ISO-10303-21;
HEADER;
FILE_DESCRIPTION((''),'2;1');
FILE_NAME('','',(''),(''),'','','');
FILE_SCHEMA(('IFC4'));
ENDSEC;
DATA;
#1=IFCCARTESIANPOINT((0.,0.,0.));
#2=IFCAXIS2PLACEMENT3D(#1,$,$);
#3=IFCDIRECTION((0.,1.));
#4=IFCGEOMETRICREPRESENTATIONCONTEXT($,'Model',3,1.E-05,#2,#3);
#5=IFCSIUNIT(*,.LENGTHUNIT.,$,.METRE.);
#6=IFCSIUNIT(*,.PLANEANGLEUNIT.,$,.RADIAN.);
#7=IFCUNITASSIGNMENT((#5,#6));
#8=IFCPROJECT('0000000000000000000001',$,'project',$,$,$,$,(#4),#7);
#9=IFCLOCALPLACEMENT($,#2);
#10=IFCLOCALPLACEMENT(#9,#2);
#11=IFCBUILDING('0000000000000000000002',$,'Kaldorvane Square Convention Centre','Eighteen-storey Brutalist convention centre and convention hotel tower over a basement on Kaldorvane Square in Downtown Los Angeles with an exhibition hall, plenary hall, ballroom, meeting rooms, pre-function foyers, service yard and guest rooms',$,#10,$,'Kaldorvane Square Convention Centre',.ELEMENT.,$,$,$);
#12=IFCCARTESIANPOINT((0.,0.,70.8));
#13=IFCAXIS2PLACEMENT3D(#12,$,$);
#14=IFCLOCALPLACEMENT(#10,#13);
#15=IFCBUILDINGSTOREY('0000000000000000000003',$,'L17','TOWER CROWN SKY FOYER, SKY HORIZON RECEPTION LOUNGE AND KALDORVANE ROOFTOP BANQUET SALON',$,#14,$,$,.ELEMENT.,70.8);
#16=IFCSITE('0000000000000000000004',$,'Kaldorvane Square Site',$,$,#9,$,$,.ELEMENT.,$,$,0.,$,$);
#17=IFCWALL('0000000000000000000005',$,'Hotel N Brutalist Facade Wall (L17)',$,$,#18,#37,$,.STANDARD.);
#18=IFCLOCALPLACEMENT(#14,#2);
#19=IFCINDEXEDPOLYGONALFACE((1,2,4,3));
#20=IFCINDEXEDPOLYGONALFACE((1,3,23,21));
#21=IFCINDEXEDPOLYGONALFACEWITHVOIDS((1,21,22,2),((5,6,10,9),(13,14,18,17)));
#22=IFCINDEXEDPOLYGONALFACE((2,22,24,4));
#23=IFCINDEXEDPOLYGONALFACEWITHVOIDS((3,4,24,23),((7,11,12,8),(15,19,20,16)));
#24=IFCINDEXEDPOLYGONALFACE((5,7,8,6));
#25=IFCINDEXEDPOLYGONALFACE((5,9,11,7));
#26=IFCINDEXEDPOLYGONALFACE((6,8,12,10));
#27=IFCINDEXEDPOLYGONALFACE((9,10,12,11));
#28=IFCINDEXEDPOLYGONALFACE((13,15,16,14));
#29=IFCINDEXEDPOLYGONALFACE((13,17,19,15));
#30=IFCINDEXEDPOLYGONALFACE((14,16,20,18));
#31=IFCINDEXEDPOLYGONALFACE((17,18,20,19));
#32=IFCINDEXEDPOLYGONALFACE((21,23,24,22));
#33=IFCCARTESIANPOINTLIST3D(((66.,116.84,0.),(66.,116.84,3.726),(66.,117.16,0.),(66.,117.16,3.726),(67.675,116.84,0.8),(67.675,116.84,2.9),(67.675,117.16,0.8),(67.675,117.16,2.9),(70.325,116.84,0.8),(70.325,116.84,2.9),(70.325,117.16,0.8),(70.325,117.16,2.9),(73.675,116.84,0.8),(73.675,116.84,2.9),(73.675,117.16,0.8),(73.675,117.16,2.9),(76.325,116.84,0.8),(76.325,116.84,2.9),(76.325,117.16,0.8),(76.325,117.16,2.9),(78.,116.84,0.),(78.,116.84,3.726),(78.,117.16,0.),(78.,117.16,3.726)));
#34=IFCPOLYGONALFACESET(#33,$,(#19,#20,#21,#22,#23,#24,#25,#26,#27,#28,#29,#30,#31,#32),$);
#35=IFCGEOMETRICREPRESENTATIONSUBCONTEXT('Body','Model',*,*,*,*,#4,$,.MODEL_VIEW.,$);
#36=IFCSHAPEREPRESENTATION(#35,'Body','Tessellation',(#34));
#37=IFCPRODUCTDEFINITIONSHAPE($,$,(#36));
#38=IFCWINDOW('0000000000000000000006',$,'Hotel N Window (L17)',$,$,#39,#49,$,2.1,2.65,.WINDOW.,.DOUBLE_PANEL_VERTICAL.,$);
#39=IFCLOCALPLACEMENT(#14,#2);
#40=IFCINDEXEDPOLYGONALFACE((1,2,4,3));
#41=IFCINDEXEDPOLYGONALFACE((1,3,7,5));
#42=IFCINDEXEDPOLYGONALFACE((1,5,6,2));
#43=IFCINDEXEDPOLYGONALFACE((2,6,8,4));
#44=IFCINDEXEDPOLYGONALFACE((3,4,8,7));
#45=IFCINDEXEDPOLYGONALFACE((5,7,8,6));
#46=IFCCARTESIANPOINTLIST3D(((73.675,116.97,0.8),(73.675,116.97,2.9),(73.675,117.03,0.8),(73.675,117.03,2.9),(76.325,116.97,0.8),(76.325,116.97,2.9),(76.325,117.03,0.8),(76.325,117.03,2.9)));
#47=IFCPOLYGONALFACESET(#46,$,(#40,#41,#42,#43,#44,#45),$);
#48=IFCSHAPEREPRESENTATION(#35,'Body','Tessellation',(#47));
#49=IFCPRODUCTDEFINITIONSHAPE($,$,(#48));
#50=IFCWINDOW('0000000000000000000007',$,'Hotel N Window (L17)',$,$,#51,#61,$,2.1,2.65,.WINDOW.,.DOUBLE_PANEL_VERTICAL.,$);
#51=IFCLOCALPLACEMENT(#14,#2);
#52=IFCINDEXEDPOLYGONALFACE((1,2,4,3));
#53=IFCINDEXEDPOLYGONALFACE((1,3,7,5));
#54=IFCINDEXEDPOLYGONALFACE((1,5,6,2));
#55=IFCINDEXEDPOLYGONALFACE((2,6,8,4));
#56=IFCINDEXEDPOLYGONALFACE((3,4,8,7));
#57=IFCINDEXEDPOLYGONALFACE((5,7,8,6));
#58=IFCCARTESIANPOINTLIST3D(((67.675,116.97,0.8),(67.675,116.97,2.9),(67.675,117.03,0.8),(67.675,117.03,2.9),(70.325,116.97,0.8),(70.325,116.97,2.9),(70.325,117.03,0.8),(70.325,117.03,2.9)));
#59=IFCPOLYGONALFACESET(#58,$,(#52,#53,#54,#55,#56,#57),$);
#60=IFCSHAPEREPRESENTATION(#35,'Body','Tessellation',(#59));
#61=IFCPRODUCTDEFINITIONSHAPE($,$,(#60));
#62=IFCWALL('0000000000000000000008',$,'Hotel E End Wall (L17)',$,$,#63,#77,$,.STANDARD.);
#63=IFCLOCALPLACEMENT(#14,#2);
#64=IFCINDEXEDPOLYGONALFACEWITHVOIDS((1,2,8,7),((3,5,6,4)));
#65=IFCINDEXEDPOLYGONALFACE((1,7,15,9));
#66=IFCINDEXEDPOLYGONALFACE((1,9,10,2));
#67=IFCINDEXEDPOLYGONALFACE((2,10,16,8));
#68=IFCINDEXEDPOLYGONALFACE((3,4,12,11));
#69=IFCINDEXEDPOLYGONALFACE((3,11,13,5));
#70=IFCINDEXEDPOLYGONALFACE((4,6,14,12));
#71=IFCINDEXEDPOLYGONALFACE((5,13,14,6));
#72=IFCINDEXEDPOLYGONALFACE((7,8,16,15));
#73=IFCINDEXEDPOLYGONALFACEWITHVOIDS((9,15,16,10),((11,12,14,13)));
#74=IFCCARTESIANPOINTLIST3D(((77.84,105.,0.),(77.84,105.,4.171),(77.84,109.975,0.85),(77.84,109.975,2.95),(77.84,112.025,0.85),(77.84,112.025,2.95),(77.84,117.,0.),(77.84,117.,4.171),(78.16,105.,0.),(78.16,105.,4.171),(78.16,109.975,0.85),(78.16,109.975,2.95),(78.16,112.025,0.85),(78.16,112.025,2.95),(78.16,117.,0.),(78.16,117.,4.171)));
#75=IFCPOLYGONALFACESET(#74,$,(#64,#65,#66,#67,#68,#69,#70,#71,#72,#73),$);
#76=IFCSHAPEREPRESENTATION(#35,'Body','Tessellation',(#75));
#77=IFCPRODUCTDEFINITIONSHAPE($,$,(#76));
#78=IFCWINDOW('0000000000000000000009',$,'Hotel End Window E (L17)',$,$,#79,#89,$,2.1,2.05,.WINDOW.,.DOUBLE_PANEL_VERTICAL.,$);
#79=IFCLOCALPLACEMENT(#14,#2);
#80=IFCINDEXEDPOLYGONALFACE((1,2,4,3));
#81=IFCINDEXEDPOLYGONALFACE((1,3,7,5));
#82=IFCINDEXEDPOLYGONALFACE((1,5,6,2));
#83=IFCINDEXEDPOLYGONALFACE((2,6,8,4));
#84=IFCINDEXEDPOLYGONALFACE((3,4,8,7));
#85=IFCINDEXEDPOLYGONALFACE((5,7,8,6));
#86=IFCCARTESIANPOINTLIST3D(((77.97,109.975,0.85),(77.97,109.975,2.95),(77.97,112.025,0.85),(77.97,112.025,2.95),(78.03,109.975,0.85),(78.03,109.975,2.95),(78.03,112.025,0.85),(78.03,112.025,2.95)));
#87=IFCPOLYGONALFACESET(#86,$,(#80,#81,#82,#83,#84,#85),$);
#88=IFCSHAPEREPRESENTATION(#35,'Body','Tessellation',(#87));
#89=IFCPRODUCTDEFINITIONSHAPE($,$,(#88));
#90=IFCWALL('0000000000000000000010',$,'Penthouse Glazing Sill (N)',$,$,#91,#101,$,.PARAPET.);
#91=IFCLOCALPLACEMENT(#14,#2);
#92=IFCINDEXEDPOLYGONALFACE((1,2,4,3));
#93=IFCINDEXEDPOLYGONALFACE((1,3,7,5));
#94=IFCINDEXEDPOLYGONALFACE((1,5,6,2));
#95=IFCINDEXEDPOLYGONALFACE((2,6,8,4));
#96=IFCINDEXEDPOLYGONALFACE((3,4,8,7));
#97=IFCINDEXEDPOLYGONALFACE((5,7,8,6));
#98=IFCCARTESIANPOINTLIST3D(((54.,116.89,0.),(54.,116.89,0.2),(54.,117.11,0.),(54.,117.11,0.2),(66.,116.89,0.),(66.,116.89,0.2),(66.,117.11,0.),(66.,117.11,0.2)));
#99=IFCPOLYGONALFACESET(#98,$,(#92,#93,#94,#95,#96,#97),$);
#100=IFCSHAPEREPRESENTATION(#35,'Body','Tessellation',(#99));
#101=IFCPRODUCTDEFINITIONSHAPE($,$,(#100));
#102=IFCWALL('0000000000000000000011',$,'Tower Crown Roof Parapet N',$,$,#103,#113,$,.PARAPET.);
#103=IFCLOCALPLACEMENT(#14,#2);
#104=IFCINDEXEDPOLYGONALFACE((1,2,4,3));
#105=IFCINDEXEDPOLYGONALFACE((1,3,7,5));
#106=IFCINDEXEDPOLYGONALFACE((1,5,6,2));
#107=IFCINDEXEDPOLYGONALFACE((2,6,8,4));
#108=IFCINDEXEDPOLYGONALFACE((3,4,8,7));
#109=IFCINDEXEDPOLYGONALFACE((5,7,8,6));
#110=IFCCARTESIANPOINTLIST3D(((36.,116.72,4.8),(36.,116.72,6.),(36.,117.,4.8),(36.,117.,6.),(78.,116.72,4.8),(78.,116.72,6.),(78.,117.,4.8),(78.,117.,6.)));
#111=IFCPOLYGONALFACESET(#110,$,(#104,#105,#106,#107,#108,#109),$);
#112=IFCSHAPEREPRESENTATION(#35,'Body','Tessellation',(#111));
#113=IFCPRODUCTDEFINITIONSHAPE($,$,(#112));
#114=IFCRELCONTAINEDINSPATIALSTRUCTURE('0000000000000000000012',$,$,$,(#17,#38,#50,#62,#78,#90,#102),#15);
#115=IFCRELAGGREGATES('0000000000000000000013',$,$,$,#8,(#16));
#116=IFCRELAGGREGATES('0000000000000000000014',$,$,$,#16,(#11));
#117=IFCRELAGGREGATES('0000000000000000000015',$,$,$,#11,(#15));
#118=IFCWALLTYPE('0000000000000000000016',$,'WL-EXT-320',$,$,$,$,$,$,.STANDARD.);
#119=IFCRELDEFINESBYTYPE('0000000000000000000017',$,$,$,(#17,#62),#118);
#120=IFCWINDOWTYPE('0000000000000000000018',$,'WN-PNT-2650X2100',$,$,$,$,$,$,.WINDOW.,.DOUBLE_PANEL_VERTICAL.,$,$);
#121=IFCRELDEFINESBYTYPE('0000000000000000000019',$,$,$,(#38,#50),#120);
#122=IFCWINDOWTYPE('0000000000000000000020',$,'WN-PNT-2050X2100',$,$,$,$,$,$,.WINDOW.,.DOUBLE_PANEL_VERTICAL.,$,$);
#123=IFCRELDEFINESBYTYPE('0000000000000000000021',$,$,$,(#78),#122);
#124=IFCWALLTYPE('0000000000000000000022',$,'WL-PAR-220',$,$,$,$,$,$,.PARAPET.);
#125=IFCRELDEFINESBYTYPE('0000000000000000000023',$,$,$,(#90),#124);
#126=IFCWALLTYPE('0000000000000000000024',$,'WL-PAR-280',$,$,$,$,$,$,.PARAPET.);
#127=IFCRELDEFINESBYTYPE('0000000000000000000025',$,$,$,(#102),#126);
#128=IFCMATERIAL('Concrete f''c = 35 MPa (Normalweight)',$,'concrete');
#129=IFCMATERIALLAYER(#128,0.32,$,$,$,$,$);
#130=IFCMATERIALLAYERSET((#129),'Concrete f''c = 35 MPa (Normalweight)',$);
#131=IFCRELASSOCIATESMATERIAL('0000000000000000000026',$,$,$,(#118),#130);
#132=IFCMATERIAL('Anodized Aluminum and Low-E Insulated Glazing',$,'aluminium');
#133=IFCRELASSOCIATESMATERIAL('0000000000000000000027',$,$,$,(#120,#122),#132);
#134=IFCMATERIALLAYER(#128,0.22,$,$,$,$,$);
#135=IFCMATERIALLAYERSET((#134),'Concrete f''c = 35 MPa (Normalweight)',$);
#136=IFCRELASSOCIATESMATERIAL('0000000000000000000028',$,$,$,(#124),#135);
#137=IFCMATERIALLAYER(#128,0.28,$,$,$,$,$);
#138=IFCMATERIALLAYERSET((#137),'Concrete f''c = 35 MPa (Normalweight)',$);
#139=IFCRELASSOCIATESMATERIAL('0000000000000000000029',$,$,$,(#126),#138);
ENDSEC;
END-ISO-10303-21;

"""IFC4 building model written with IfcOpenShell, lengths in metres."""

from ifc_helpers import new_model, si_unit, direction, frame, frame_2d, origin, place, context, subcontext, project, spatial, rectangle, extrude, material, layer, layer_set, type_object, element, fill, save


model = new_model("IFC4")

# Units and contexts
model_context = context("Model", 3, precision=1e-05, world=origin(), true_north=direction((0.0, 1.0)))
body_context = subcontext(model_context, "Body", "Model", "MODEL_VIEW")
ifc_project = project(units=[si_unit("LENGTHUNIT", "METRE"), si_unit("PLANEANGLEUNIT", "RADIAN")], contexts=[model_context])

# Site, building, storey
site_placement = place(None, origin())
site = spatial("IfcSite", under=ifc_project, at=site_placement, Name="Kaldorvane Square Site", CompositionType="ELEMENT", RefElevation=0.0)
building_placement = place(site_placement, origin())
building = spatial("IfcBuilding", under=site, at=building_placement, Name="Kaldorvane Square Convention Centre", Description="Eighteen-storey Brutalist convention centre and convention hotel tower over a basement on Kaldorvane Square in Downtown Los Angeles with an exhibition hall, plenary hall, ballroom, meeting rooms, pre-function foyers, service yard and guest rooms", LongName="Kaldorvane Square Convention Centre", CompositionType="ELEMENT")
storey_placement = place(building_placement, frame((0.0, 0.0, 70.8)))
storey = spatial("IfcBuildingStorey", under=building, at=storey_placement, Name="L17", Description="TOWER CROWN SKY FOYER, SKY HORIZON RECEPTION LOUNGE AND KALDORVANE ROOFTOP BANQUET SALON", CompositionType="ELEMENT", Elevation=70.8)

# Shared definitions
ifc_material_1 = material(Name="Anodized Aluminum and Low-E Insulated Glazing", Category="aluminium")

# Wall, openings, windows
ifc_material_2 = material(Name="Concrete f'c = 35 MPa (Normalweight)", Category="concrete")
ifc_layer_1 = layer(ifc_material_2, 0.32)
ifc_layer_set_1 = layer_set([ifc_layer_1], Name="Concrete f'c = 35 MPa (Normalweight)")
wall_type_1 = type_object("IfcWallType", Name="WL-EXT-320", PredefinedType="STANDARD", material=ifc_layer_set_1)
wall_1_placement = place(storey_placement, frame((78.0, 117.0, 0.0), z_axis=(0.0, 0.0, 1.0), x_axis=(-1.0, 0.0, 0.0)))
wall_1 = element("IfcWall", 1, at=wall_1_placement, inside=storey, type_object=wall_type_1, Name="Hotel N Brutalist Facade Wall (L17)", PredefinedType="STANDARD", context=body_context, shape_type="SweptSolid", body=[
    extrude(rectangle(XDim=12.0, YDim=0.32, at=frame_2d((6.0, 0.0))), origin(), (0.0, 0.0, 1.0), 3.726),
])
opening_1_placement = place(wall_1_placement, frame((1.675, 0.0, 0.8)))
opening_1 = element("IfcOpeningElement", 2, at=opening_1_placement, cuts=wall_1, PredefinedType="OPENING", context=body_context, shape_type="SweptSolid", body=[
    extrude(rectangle(XDim=2.65, YDim=2.1, at=frame_2d((1.325, 1.05))), frame((0.0, 0.175, 0.0), z_axis=(0.0, -1.0, 0.0), x_axis=(1.0, 0.0, 0.0)), (0.0, 0.0, 1.0), 0.35),
])
opening_2_placement = place(wall_1_placement, frame((7.675, 0.0, 0.8)))
opening_2 = element("IfcOpeningElement", 3, at=opening_2_placement, cuts=wall_1, PredefinedType="OPENING", context=body_context, shape_type="SweptSolid", body=[
    extrude(rectangle(XDim=2.65, YDim=2.1, at=frame_2d((1.325, 1.05))), frame((0.0, 0.175, 0.0), z_axis=(0.0, -1.0, 0.0), x_axis=(1.0, 0.0, 0.0)), (0.0, 0.0, 1.0), 0.35),
])
window_type_1 = type_object("IfcWindowType", Name="WN-PNT-2650X2100", PartitioningType="DOUBLE_PANEL_VERTICAL", PredefinedType="WINDOW", material=ifc_material_1)
window_1_placement = place(opening_1_placement, origin())
window_1 = element("IfcWindow", 4, at=window_1_placement, inside=storey, type_object=window_type_1, Name="Hotel N Window (L17)", OverallHeight=2.1, OverallWidth=2.65, PartitioningType="DOUBLE_PANEL_VERTICAL", PredefinedType="WINDOW", context=body_context, shape_type="SweptSolid", body=[
    extrude(rectangle(XDim=2.65, YDim=2.1, at=frame_2d((1.325, 1.05))), frame((0.0, 0.03, 0.0), z_axis=(0.0, -1.0, 0.0), x_axis=(1.0, 0.0, 0.0)), (0.0, 0.0, 1.0), 0.06),
])
fill(opening_1, window_1)
window_2_placement = place(opening_2_placement, origin())
window_2 = element("IfcWindow", 5, at=window_2_placement, inside=storey, type_object=window_type_1, Name="Hotel N Window (L17)", OverallHeight=2.1, OverallWidth=2.65, PartitioningType="DOUBLE_PANEL_VERTICAL", PredefinedType="WINDOW", context=body_context, shape_type="SweptSolid", body=[
    extrude(rectangle(XDim=2.65, YDim=2.1, at=frame_2d((1.325, 1.05))), frame((0.0, 0.03, 0.0), z_axis=(0.0, -1.0, 0.0), x_axis=(1.0, 0.0, 0.0)), (0.0, 0.0, 1.0), 0.06),
])
fill(opening_2, window_2)

# Wall, opening, window
wall_2_placement = place(storey_placement, frame((78.0, 105.0, 0.0), z_axis=(0.0, 0.0, 1.0), x_axis=(0.0, 1.0, 0.0)))
wall_2 = element("IfcWall", 6, at=wall_2_placement, inside=storey, type_object=wall_type_1, Name="Hotel E End Wall (L17)", PredefinedType="STANDARD", context=body_context, shape_type="SweptSolid", body=[
    extrude(rectangle(XDim=12.0, YDim=0.32, at=frame_2d((6.0, 0.0))), origin(), (0.0, 0.0, 1.0), 4.171),
])
opening_3_placement = place(wall_2_placement, frame((4.975, 0.0, 0.85)))
opening_3 = element("IfcOpeningElement", 7, at=opening_3_placement, cuts=wall_2, PredefinedType="OPENING", context=body_context, shape_type="SweptSolid", body=[
    extrude(rectangle(XDim=2.05, YDim=2.1, at=frame_2d((1.025, 1.05))), frame((0.0, 0.175, 0.0), z_axis=(0.0, -1.0, 0.0), x_axis=(1.0, 0.0, 0.0)), (0.0, 0.0, 1.0), 0.35),
])
window_type_2 = type_object("IfcWindowType", Name="WN-PNT-2050X2100", PartitioningType="DOUBLE_PANEL_VERTICAL", PredefinedType="WINDOW", material=ifc_material_1)
window_3_placement = place(opening_3_placement, origin())
window_3 = element("IfcWindow", 8, at=window_3_placement, inside=storey, type_object=window_type_2, Name="Hotel End Window E (L17)", OverallHeight=2.1, OverallWidth=2.05, PartitioningType="DOUBLE_PANEL_VERTICAL", PredefinedType="WINDOW", context=body_context, shape_type="SweptSolid", body=[
    extrude(rectangle(XDim=2.05, YDim=2.1, at=frame_2d((1.025, 1.05))), frame((0.0, 0.03, 0.0), z_axis=(0.0, -1.0, 0.0), x_axis=(1.0, 0.0, 0.0)), (0.0, 0.0, 1.0), 0.06),
])
fill(opening_3, window_3)

# Walls
ifc_layer_2 = layer(ifc_material_2, 0.22)
ifc_layer_set_2 = layer_set([ifc_layer_2], Name="Concrete f'c = 35 MPa (Normalweight)")
wall_type_2 = type_object("IfcWallType", Name="WL-PAR-220", PredefinedType="PARAPET", material=ifc_layer_set_2)
wall_3_placement = place(storey_placement, frame((66.0, 117.0, 0.0), z_axis=(0.0, 0.0, 1.0), x_axis=(-1.0, 0.0, 0.0)))
element("IfcWall", 9, at=wall_3_placement, inside=storey, type_object=wall_type_2, Name="Penthouse Glazing Sill (N)", PredefinedType="PARAPET", context=body_context, shape_type="SweptSolid", body=[
    extrude(rectangle(XDim=12.0, YDim=0.22, at=frame_2d((6.0, 0.0))), origin(), (0.0, 0.0, 1.0), 0.2),
])
ifc_layer_3 = layer(ifc_material_2, 0.28)
ifc_layer_set_3 = layer_set([ifc_layer_3], Name="Concrete f'c = 35 MPa (Normalweight)")
wall_type_3 = type_object("IfcWallType", Name="WL-PAR-280", PredefinedType="PARAPET", material=ifc_layer_set_3)
wall_4_placement = place(storey_placement, frame((78.0, 116.86, 4.8), z_axis=(0.0, 0.0, 1.0), x_axis=(-1.0, 0.0, 0.0)))
element("IfcWall", 10, at=wall_4_placement, inside=storey, type_object=wall_type_3, Name="Tower Crown Roof Parapet N", PredefinedType="PARAPET", context=body_context, shape_type="SweptSolid", body=[
    extrude(rectangle(XDim=42.0, YDim=0.28, at=frame_2d((21.0, 0.0))), origin(), (0.0, 0.0, 1.0), 1.2),
])

save(model, "model.ifc")
